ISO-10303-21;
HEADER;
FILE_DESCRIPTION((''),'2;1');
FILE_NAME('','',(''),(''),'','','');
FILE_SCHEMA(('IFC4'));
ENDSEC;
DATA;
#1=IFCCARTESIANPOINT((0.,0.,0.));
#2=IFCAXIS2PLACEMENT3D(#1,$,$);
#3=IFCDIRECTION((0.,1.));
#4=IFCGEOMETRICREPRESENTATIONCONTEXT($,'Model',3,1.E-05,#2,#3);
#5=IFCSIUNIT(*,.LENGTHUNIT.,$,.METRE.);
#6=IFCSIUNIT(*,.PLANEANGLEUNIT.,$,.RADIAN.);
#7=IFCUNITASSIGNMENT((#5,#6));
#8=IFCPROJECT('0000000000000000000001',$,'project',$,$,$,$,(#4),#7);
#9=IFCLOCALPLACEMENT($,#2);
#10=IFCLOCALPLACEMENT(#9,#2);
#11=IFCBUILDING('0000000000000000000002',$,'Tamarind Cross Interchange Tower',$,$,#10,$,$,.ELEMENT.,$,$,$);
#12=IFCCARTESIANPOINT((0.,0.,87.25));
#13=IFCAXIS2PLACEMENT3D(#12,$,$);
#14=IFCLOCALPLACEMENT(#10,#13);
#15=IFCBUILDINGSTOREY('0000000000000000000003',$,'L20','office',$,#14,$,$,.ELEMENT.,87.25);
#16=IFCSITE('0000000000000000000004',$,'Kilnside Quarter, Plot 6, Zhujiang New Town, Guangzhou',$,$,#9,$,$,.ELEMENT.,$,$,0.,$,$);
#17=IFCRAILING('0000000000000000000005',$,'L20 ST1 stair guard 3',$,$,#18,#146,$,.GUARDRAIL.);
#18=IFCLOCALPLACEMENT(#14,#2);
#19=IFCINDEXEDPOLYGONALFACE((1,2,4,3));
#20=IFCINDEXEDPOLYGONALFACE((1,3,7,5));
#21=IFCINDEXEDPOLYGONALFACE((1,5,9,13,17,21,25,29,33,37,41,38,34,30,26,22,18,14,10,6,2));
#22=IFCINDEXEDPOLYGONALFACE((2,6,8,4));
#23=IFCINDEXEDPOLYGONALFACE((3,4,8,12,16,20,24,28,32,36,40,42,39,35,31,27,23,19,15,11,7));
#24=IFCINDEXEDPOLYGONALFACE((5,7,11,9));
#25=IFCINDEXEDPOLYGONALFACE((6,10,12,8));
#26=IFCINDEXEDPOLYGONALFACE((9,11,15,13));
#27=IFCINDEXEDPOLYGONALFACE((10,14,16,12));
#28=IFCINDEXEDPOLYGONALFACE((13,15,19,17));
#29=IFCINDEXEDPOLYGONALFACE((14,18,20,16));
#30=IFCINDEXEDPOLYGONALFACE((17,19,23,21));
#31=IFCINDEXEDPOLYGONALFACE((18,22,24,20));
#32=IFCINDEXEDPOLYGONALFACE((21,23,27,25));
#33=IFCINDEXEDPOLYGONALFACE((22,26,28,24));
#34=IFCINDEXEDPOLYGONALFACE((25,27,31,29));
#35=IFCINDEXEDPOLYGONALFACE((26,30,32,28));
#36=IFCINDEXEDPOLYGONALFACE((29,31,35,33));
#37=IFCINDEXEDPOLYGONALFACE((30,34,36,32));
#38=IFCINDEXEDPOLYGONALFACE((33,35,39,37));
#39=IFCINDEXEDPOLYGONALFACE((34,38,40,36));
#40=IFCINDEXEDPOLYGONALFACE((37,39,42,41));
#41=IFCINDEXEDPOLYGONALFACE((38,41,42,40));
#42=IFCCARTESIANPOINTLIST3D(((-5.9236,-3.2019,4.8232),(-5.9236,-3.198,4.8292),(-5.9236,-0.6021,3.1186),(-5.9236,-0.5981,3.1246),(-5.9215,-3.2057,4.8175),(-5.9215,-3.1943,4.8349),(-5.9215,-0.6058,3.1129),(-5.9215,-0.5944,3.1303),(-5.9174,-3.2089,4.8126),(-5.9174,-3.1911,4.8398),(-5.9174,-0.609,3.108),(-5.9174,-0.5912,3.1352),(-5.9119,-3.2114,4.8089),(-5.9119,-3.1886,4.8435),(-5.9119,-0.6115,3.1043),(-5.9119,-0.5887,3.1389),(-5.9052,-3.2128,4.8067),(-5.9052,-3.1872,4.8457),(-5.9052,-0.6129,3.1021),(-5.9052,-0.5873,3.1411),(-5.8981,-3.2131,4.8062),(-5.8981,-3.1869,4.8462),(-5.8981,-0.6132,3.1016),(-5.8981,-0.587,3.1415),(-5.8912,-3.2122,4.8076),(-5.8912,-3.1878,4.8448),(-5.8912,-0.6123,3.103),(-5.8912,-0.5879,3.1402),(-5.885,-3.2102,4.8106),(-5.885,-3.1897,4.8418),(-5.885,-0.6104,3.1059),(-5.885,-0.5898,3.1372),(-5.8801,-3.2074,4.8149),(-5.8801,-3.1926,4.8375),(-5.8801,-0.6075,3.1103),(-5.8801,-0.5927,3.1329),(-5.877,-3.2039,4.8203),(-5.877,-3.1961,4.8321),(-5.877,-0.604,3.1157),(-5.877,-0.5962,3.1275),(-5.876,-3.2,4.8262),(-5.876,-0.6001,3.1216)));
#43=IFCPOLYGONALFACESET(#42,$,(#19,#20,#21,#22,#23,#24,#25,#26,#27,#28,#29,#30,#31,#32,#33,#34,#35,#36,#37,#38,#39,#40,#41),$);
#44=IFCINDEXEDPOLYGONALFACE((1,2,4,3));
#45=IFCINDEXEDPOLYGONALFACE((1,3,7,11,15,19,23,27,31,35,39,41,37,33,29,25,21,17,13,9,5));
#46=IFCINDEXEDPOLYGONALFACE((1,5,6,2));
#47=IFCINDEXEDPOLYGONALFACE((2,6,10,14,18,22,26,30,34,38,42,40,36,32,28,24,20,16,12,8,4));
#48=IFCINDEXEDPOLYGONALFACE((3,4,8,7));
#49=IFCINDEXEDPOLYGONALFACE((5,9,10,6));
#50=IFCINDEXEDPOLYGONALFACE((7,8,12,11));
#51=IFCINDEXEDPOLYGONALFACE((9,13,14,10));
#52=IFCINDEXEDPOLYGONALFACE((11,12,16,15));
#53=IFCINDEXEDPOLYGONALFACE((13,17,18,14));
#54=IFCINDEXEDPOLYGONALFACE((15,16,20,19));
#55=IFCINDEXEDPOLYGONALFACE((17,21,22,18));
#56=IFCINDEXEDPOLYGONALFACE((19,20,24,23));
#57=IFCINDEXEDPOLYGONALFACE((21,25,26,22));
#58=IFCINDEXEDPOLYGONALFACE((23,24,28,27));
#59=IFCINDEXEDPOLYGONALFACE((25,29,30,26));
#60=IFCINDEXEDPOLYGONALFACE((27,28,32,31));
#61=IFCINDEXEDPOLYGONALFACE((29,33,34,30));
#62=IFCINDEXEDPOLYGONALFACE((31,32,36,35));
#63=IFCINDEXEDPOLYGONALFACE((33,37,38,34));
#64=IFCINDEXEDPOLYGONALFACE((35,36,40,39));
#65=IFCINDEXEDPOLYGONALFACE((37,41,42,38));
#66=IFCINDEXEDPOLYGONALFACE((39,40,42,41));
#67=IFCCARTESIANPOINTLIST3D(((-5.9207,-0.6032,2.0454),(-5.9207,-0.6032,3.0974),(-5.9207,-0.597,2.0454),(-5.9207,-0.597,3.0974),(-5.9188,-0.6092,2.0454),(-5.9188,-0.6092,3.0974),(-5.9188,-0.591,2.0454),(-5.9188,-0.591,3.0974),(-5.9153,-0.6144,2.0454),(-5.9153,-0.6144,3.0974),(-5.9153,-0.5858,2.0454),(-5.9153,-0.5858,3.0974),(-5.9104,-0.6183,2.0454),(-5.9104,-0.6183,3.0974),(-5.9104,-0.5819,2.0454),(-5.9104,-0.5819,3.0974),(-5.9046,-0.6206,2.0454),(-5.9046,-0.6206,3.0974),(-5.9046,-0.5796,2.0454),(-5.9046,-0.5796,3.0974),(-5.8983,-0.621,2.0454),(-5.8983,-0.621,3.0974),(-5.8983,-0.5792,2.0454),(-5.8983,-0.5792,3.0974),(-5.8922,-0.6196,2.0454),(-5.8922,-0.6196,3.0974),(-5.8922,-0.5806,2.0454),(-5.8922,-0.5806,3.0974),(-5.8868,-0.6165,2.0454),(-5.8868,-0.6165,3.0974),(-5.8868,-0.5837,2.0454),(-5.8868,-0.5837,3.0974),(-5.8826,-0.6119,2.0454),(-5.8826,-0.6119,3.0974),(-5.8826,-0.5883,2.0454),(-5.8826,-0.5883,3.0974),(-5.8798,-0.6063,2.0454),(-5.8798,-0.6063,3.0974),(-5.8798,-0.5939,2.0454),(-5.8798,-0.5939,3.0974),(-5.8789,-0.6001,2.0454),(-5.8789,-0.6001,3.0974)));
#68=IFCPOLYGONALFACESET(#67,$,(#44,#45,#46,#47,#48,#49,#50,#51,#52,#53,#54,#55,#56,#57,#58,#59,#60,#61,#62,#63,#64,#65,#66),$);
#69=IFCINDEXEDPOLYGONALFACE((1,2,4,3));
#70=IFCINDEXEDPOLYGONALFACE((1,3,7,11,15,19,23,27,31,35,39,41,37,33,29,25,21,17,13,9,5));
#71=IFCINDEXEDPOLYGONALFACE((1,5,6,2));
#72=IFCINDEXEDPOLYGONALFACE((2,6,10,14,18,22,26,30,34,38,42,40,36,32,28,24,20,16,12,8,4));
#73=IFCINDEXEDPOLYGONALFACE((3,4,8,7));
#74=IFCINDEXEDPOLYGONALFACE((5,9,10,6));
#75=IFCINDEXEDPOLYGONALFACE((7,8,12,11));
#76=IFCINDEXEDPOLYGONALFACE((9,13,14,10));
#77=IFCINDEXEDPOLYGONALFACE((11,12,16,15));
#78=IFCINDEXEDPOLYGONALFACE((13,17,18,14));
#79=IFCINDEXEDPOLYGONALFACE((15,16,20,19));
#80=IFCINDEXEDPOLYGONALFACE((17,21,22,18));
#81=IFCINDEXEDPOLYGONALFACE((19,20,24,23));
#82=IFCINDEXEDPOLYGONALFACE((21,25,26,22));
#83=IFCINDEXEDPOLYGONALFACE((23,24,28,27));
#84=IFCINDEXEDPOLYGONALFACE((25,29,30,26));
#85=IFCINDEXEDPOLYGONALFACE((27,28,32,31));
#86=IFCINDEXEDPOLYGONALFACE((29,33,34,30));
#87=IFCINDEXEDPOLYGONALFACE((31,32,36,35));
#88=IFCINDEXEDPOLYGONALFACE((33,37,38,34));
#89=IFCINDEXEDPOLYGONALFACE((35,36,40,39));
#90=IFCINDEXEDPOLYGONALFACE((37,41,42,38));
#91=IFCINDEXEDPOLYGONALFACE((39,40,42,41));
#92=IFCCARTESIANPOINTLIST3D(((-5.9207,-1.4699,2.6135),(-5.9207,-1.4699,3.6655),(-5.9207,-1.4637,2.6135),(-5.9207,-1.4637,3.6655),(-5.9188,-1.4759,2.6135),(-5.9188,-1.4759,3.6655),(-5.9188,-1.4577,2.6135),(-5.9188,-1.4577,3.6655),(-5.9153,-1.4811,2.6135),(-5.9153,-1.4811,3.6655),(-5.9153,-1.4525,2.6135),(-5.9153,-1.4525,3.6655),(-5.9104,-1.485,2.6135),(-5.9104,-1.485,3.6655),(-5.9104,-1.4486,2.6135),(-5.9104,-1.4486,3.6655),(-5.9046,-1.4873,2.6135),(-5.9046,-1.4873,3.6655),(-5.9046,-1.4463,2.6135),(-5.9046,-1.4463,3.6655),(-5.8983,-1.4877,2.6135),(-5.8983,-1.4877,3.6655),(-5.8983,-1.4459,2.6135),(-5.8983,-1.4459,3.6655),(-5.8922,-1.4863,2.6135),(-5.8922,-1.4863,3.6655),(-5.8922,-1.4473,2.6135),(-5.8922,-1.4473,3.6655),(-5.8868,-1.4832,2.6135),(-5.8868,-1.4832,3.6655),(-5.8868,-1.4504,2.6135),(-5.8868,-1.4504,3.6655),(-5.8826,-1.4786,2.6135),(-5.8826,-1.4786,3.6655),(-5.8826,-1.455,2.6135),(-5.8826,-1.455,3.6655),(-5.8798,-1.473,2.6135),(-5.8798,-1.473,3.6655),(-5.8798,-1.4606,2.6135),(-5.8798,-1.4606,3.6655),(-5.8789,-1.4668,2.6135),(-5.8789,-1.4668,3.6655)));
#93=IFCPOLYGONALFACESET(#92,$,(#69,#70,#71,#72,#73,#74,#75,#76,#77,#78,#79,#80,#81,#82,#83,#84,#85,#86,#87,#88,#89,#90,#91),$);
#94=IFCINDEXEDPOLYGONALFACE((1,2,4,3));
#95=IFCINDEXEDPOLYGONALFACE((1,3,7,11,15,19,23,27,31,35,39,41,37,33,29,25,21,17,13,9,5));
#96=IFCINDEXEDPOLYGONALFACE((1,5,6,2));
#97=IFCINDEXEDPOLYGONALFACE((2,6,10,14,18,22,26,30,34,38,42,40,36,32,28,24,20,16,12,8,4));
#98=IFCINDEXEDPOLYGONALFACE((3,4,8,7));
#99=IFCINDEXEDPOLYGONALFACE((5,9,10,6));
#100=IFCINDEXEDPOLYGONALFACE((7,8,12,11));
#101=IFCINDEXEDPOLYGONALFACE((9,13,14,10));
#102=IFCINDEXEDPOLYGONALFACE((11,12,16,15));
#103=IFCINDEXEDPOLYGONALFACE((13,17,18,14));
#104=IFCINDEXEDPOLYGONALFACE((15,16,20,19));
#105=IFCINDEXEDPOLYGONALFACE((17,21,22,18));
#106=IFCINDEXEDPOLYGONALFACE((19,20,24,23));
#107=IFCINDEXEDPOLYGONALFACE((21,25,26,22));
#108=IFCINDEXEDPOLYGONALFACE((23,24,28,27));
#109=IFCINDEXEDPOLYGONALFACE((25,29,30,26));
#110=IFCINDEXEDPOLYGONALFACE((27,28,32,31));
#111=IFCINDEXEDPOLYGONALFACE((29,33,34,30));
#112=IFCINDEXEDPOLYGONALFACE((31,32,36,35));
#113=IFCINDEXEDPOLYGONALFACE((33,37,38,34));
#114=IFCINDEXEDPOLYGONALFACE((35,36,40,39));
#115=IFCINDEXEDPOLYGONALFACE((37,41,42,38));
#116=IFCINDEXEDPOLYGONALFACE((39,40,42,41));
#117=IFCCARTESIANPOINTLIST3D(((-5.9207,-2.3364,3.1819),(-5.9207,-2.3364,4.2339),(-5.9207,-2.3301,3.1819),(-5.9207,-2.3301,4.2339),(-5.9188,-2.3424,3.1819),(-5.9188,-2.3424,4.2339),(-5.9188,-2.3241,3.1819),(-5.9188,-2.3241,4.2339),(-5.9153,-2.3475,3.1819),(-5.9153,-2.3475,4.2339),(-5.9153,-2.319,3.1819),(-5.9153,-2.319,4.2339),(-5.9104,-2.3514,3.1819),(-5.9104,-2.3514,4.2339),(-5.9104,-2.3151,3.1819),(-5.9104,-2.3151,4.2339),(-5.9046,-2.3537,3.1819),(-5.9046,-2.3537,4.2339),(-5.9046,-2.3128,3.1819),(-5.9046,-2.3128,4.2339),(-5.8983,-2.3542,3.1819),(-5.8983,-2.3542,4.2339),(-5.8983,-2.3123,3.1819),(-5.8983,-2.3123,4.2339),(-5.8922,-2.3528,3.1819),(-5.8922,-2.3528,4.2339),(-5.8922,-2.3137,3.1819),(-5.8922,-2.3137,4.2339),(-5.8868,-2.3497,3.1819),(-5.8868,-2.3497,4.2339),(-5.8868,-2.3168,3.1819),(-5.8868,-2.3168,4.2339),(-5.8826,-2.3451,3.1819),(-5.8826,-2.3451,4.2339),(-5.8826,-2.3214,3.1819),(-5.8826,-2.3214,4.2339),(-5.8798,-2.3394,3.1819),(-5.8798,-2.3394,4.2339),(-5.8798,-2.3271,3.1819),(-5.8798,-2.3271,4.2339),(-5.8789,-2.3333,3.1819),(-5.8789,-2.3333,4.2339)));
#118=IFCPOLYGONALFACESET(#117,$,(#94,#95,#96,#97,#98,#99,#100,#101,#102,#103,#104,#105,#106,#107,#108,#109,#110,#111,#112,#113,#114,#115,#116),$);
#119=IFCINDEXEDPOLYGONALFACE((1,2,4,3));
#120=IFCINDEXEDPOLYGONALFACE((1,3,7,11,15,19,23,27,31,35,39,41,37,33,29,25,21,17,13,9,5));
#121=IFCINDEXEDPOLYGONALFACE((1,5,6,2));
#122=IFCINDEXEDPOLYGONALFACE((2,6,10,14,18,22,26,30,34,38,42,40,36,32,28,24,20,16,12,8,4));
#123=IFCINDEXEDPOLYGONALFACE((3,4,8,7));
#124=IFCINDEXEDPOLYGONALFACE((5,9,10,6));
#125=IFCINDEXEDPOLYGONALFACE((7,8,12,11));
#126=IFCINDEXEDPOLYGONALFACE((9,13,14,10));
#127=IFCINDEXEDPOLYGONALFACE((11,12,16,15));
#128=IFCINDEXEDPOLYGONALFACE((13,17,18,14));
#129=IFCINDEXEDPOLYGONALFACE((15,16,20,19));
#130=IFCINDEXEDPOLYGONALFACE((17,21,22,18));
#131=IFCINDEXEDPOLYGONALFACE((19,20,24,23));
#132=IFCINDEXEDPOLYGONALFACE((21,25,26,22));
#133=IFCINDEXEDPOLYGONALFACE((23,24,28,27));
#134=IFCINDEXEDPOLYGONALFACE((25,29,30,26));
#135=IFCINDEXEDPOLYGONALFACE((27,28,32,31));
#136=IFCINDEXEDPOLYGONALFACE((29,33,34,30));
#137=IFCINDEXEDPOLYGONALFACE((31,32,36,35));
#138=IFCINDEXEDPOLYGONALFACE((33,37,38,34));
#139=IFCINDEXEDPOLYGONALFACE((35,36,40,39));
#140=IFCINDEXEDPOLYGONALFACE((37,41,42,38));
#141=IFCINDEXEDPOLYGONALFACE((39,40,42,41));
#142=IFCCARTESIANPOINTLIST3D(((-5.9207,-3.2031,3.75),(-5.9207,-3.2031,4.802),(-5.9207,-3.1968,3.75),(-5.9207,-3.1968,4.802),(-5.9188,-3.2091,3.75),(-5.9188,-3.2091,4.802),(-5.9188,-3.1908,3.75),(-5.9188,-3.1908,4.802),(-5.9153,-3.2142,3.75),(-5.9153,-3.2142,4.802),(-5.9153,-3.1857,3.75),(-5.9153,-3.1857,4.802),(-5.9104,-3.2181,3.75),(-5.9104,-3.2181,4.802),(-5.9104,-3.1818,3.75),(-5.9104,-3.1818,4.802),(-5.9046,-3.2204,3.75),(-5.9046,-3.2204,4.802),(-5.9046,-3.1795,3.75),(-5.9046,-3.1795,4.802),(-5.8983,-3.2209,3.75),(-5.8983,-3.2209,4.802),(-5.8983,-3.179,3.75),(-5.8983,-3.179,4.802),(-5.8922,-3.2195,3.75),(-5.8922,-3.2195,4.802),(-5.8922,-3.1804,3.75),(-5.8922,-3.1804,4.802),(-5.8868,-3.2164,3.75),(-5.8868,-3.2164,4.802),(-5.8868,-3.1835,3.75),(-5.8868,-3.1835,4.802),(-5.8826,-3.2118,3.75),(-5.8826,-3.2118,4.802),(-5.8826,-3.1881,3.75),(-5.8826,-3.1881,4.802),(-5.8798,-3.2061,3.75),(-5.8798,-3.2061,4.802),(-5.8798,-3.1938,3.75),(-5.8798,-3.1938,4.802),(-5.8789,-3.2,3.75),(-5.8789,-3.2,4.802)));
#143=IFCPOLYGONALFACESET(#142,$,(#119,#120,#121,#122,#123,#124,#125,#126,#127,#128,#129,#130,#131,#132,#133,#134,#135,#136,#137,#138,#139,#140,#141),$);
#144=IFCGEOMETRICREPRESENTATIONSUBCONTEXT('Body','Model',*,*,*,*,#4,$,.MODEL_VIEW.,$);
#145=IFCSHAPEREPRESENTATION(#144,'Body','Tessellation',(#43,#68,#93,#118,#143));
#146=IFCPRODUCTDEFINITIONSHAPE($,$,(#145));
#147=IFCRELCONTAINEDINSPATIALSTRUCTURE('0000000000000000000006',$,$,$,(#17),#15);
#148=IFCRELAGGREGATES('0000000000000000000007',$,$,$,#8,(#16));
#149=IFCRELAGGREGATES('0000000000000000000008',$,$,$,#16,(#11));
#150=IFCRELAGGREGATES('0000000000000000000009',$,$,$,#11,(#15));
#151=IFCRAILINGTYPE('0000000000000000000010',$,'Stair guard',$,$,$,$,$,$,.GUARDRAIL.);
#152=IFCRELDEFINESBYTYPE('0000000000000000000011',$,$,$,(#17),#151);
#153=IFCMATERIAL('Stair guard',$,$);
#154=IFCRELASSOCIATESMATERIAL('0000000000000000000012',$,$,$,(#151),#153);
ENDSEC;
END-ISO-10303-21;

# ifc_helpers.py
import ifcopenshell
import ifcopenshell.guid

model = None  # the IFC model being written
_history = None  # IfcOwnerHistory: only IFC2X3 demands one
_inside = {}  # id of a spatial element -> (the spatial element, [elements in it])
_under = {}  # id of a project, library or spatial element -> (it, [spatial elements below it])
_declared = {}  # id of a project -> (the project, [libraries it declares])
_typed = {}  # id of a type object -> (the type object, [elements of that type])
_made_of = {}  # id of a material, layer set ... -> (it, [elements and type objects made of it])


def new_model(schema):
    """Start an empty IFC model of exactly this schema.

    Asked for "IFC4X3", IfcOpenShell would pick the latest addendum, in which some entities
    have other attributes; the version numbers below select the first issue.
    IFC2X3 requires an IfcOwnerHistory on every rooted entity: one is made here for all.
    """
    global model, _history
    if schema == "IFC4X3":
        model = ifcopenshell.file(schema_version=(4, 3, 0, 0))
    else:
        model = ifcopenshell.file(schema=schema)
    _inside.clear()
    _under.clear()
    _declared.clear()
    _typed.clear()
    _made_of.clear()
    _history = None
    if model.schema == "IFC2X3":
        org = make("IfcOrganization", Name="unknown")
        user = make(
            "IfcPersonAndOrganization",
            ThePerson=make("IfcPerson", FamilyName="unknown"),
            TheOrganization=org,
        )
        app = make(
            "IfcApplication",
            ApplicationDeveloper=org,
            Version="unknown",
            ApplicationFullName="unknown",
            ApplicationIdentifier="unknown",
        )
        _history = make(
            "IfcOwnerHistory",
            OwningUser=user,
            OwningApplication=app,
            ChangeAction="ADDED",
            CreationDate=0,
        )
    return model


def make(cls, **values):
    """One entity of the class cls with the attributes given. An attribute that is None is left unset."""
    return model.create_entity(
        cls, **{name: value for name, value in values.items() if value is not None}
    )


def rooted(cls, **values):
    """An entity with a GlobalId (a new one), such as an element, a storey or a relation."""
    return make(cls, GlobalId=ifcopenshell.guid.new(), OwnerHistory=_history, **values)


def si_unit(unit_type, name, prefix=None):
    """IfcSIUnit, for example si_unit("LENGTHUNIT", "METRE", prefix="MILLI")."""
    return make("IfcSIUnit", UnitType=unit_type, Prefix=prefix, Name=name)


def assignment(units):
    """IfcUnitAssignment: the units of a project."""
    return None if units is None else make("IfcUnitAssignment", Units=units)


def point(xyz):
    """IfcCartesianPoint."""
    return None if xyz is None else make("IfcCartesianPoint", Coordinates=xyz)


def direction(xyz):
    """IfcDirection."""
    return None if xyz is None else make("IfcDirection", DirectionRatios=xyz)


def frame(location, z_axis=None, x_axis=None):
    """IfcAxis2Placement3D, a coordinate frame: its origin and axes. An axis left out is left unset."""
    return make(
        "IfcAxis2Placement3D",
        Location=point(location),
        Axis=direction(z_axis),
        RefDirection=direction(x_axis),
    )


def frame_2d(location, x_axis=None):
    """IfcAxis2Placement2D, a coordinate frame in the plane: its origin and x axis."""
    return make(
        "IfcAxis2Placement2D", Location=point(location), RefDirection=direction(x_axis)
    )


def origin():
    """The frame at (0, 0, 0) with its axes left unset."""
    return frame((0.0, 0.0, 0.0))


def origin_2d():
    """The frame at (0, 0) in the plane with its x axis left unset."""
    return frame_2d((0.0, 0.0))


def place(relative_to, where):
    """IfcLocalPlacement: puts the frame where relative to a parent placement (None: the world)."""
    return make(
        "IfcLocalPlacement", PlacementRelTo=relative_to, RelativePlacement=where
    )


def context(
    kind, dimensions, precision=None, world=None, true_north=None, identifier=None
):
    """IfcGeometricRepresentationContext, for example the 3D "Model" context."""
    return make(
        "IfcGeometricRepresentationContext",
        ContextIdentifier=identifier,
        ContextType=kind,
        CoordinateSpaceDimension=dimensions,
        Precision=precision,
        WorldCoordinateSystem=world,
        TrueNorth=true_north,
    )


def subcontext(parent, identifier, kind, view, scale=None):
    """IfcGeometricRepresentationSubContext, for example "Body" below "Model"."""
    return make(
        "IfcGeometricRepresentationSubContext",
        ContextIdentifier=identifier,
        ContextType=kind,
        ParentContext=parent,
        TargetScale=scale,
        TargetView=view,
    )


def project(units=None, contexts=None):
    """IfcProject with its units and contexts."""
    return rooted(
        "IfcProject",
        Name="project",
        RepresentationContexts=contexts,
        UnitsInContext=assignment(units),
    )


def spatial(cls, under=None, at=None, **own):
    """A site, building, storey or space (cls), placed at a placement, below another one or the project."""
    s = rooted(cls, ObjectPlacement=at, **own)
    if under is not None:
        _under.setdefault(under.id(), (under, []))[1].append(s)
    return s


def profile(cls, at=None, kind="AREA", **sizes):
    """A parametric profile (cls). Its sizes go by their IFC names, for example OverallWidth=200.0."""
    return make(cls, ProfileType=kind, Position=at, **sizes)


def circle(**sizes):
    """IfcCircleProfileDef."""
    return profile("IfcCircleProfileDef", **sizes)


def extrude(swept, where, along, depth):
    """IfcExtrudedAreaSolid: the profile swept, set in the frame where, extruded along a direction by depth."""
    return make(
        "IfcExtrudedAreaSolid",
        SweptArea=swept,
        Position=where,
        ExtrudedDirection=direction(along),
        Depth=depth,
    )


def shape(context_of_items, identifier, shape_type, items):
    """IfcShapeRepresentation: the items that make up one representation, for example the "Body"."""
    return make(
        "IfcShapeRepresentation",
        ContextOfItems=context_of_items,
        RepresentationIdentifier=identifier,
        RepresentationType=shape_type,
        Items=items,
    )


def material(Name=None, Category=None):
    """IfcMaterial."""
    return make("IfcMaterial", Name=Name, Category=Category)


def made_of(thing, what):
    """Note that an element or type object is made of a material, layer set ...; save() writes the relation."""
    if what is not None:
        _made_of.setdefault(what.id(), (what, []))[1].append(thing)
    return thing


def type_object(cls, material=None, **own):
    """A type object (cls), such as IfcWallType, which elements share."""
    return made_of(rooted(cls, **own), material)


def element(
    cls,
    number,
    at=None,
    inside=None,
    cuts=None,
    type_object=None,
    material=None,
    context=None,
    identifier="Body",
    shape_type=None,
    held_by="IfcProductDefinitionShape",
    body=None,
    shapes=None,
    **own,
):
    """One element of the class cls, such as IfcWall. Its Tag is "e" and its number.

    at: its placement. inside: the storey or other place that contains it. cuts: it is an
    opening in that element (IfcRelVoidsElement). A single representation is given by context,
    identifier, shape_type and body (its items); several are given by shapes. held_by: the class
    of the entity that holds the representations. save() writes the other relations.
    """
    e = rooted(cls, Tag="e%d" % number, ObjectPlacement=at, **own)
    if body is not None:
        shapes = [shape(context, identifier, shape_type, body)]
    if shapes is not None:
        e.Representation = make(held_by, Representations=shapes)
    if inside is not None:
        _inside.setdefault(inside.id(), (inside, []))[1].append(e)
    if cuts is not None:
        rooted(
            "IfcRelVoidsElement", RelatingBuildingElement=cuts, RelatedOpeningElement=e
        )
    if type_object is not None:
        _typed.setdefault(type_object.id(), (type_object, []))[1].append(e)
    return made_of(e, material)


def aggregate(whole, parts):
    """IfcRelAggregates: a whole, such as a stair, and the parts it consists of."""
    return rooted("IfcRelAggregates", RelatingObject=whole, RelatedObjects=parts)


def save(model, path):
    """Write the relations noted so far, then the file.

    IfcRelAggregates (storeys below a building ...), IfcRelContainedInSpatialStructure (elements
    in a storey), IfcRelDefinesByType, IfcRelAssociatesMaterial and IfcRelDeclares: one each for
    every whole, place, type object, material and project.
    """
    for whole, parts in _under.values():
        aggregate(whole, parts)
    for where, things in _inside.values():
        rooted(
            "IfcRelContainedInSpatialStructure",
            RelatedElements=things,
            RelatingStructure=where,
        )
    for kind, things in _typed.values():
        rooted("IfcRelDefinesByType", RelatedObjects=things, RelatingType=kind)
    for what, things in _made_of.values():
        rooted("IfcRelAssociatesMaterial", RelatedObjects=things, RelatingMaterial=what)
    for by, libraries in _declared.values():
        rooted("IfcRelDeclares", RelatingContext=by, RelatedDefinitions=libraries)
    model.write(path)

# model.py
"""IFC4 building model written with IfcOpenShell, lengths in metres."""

from ifc_helpers import new_model, si_unit, direction, frame, origin, origin_2d, place, context, subcontext, project, spatial, circle, extrude, material, type_object, element, save


model = new_model("IFC4")

# Units and contexts
model_context = context("Model", 3, precision=1e-05, world=origin(), true_north=direction((0.0, 1.0)))
body_context = subcontext(model_context, "Body", "Model", "MODEL_VIEW")
ifc_project = project(units=[si_unit("LENGTHUNIT", "METRE"), si_unit("PLANEANGLEUNIT", "RADIAN")], contexts=[model_context])

# Site, building, storey
site_placement = place(None, origin())
site = spatial("IfcSite", under=ifc_project, at=site_placement, Name="Kilnside Quarter, Plot 6, Zhujiang New Town, Guangzhou", CompositionType="ELEMENT", RefElevation=0.0)
building_placement = place(site_placement, origin())
building = spatial("IfcBuilding", under=site, at=building_placement, Name="Tamarind Cross Interchange Tower", CompositionType="ELEMENT")
storey_placement = place(building_placement, frame((0.0, 0.0, 87.25)))
storey = spatial("IfcBuildingStorey", under=building, at=storey_placement, Name="L20", Description="office", CompositionType="ELEMENT", Elevation=87.25)

# Railing
ifc_material_1 = material(Name="Stair guard")
railing_type_1 = type_object("IfcRailingType", Name="Stair guard", PredefinedType="GUARDRAIL", material=ifc_material_1)
railing_1_placement = place(storey_placement, frame((-5.8999, -0.6001, 2.0454)))
element("IfcRailing", 1, at=railing_1_placement, inside=storey, type_object=railing_type_1, Name="L20 ST1 stair guard 3", PredefinedType="GUARDRAIL", context=body_context, shape_type="SweptSolid", body=[
    extrude(circle(Radius=0.0239, at=origin_2d()), frame((0.0, 0.0, 1.0762), z_axis=(0.0, -0.836279, 0.548305), x_axis=(1.0, 0.0, 0.0)), (0.0, 0.0, 1.0), 3.1089),
    extrude(circle(Radius=0.021, at=origin_2d()), origin(), (0.0, 0.0, 1.0), 1.052),
    extrude(circle(Radius=0.021, at=origin_2d()), frame((0.0, -0.8667, 0.5681)), (0.0, 0.0, 1.0), 1.052),
    extrude(circle(Radius=0.021, at=origin_2d()), frame((0.0, -1.7332, 1.1365)), (0.0, 0.0, 1.0), 1.052),
    extrude(circle(Radius=0.021, at=origin_2d()), frame((0.0, -2.5999, 1.7046)), (0.0, 0.0, 1.0), 1.052),
])

save(model, "model.ifc")
